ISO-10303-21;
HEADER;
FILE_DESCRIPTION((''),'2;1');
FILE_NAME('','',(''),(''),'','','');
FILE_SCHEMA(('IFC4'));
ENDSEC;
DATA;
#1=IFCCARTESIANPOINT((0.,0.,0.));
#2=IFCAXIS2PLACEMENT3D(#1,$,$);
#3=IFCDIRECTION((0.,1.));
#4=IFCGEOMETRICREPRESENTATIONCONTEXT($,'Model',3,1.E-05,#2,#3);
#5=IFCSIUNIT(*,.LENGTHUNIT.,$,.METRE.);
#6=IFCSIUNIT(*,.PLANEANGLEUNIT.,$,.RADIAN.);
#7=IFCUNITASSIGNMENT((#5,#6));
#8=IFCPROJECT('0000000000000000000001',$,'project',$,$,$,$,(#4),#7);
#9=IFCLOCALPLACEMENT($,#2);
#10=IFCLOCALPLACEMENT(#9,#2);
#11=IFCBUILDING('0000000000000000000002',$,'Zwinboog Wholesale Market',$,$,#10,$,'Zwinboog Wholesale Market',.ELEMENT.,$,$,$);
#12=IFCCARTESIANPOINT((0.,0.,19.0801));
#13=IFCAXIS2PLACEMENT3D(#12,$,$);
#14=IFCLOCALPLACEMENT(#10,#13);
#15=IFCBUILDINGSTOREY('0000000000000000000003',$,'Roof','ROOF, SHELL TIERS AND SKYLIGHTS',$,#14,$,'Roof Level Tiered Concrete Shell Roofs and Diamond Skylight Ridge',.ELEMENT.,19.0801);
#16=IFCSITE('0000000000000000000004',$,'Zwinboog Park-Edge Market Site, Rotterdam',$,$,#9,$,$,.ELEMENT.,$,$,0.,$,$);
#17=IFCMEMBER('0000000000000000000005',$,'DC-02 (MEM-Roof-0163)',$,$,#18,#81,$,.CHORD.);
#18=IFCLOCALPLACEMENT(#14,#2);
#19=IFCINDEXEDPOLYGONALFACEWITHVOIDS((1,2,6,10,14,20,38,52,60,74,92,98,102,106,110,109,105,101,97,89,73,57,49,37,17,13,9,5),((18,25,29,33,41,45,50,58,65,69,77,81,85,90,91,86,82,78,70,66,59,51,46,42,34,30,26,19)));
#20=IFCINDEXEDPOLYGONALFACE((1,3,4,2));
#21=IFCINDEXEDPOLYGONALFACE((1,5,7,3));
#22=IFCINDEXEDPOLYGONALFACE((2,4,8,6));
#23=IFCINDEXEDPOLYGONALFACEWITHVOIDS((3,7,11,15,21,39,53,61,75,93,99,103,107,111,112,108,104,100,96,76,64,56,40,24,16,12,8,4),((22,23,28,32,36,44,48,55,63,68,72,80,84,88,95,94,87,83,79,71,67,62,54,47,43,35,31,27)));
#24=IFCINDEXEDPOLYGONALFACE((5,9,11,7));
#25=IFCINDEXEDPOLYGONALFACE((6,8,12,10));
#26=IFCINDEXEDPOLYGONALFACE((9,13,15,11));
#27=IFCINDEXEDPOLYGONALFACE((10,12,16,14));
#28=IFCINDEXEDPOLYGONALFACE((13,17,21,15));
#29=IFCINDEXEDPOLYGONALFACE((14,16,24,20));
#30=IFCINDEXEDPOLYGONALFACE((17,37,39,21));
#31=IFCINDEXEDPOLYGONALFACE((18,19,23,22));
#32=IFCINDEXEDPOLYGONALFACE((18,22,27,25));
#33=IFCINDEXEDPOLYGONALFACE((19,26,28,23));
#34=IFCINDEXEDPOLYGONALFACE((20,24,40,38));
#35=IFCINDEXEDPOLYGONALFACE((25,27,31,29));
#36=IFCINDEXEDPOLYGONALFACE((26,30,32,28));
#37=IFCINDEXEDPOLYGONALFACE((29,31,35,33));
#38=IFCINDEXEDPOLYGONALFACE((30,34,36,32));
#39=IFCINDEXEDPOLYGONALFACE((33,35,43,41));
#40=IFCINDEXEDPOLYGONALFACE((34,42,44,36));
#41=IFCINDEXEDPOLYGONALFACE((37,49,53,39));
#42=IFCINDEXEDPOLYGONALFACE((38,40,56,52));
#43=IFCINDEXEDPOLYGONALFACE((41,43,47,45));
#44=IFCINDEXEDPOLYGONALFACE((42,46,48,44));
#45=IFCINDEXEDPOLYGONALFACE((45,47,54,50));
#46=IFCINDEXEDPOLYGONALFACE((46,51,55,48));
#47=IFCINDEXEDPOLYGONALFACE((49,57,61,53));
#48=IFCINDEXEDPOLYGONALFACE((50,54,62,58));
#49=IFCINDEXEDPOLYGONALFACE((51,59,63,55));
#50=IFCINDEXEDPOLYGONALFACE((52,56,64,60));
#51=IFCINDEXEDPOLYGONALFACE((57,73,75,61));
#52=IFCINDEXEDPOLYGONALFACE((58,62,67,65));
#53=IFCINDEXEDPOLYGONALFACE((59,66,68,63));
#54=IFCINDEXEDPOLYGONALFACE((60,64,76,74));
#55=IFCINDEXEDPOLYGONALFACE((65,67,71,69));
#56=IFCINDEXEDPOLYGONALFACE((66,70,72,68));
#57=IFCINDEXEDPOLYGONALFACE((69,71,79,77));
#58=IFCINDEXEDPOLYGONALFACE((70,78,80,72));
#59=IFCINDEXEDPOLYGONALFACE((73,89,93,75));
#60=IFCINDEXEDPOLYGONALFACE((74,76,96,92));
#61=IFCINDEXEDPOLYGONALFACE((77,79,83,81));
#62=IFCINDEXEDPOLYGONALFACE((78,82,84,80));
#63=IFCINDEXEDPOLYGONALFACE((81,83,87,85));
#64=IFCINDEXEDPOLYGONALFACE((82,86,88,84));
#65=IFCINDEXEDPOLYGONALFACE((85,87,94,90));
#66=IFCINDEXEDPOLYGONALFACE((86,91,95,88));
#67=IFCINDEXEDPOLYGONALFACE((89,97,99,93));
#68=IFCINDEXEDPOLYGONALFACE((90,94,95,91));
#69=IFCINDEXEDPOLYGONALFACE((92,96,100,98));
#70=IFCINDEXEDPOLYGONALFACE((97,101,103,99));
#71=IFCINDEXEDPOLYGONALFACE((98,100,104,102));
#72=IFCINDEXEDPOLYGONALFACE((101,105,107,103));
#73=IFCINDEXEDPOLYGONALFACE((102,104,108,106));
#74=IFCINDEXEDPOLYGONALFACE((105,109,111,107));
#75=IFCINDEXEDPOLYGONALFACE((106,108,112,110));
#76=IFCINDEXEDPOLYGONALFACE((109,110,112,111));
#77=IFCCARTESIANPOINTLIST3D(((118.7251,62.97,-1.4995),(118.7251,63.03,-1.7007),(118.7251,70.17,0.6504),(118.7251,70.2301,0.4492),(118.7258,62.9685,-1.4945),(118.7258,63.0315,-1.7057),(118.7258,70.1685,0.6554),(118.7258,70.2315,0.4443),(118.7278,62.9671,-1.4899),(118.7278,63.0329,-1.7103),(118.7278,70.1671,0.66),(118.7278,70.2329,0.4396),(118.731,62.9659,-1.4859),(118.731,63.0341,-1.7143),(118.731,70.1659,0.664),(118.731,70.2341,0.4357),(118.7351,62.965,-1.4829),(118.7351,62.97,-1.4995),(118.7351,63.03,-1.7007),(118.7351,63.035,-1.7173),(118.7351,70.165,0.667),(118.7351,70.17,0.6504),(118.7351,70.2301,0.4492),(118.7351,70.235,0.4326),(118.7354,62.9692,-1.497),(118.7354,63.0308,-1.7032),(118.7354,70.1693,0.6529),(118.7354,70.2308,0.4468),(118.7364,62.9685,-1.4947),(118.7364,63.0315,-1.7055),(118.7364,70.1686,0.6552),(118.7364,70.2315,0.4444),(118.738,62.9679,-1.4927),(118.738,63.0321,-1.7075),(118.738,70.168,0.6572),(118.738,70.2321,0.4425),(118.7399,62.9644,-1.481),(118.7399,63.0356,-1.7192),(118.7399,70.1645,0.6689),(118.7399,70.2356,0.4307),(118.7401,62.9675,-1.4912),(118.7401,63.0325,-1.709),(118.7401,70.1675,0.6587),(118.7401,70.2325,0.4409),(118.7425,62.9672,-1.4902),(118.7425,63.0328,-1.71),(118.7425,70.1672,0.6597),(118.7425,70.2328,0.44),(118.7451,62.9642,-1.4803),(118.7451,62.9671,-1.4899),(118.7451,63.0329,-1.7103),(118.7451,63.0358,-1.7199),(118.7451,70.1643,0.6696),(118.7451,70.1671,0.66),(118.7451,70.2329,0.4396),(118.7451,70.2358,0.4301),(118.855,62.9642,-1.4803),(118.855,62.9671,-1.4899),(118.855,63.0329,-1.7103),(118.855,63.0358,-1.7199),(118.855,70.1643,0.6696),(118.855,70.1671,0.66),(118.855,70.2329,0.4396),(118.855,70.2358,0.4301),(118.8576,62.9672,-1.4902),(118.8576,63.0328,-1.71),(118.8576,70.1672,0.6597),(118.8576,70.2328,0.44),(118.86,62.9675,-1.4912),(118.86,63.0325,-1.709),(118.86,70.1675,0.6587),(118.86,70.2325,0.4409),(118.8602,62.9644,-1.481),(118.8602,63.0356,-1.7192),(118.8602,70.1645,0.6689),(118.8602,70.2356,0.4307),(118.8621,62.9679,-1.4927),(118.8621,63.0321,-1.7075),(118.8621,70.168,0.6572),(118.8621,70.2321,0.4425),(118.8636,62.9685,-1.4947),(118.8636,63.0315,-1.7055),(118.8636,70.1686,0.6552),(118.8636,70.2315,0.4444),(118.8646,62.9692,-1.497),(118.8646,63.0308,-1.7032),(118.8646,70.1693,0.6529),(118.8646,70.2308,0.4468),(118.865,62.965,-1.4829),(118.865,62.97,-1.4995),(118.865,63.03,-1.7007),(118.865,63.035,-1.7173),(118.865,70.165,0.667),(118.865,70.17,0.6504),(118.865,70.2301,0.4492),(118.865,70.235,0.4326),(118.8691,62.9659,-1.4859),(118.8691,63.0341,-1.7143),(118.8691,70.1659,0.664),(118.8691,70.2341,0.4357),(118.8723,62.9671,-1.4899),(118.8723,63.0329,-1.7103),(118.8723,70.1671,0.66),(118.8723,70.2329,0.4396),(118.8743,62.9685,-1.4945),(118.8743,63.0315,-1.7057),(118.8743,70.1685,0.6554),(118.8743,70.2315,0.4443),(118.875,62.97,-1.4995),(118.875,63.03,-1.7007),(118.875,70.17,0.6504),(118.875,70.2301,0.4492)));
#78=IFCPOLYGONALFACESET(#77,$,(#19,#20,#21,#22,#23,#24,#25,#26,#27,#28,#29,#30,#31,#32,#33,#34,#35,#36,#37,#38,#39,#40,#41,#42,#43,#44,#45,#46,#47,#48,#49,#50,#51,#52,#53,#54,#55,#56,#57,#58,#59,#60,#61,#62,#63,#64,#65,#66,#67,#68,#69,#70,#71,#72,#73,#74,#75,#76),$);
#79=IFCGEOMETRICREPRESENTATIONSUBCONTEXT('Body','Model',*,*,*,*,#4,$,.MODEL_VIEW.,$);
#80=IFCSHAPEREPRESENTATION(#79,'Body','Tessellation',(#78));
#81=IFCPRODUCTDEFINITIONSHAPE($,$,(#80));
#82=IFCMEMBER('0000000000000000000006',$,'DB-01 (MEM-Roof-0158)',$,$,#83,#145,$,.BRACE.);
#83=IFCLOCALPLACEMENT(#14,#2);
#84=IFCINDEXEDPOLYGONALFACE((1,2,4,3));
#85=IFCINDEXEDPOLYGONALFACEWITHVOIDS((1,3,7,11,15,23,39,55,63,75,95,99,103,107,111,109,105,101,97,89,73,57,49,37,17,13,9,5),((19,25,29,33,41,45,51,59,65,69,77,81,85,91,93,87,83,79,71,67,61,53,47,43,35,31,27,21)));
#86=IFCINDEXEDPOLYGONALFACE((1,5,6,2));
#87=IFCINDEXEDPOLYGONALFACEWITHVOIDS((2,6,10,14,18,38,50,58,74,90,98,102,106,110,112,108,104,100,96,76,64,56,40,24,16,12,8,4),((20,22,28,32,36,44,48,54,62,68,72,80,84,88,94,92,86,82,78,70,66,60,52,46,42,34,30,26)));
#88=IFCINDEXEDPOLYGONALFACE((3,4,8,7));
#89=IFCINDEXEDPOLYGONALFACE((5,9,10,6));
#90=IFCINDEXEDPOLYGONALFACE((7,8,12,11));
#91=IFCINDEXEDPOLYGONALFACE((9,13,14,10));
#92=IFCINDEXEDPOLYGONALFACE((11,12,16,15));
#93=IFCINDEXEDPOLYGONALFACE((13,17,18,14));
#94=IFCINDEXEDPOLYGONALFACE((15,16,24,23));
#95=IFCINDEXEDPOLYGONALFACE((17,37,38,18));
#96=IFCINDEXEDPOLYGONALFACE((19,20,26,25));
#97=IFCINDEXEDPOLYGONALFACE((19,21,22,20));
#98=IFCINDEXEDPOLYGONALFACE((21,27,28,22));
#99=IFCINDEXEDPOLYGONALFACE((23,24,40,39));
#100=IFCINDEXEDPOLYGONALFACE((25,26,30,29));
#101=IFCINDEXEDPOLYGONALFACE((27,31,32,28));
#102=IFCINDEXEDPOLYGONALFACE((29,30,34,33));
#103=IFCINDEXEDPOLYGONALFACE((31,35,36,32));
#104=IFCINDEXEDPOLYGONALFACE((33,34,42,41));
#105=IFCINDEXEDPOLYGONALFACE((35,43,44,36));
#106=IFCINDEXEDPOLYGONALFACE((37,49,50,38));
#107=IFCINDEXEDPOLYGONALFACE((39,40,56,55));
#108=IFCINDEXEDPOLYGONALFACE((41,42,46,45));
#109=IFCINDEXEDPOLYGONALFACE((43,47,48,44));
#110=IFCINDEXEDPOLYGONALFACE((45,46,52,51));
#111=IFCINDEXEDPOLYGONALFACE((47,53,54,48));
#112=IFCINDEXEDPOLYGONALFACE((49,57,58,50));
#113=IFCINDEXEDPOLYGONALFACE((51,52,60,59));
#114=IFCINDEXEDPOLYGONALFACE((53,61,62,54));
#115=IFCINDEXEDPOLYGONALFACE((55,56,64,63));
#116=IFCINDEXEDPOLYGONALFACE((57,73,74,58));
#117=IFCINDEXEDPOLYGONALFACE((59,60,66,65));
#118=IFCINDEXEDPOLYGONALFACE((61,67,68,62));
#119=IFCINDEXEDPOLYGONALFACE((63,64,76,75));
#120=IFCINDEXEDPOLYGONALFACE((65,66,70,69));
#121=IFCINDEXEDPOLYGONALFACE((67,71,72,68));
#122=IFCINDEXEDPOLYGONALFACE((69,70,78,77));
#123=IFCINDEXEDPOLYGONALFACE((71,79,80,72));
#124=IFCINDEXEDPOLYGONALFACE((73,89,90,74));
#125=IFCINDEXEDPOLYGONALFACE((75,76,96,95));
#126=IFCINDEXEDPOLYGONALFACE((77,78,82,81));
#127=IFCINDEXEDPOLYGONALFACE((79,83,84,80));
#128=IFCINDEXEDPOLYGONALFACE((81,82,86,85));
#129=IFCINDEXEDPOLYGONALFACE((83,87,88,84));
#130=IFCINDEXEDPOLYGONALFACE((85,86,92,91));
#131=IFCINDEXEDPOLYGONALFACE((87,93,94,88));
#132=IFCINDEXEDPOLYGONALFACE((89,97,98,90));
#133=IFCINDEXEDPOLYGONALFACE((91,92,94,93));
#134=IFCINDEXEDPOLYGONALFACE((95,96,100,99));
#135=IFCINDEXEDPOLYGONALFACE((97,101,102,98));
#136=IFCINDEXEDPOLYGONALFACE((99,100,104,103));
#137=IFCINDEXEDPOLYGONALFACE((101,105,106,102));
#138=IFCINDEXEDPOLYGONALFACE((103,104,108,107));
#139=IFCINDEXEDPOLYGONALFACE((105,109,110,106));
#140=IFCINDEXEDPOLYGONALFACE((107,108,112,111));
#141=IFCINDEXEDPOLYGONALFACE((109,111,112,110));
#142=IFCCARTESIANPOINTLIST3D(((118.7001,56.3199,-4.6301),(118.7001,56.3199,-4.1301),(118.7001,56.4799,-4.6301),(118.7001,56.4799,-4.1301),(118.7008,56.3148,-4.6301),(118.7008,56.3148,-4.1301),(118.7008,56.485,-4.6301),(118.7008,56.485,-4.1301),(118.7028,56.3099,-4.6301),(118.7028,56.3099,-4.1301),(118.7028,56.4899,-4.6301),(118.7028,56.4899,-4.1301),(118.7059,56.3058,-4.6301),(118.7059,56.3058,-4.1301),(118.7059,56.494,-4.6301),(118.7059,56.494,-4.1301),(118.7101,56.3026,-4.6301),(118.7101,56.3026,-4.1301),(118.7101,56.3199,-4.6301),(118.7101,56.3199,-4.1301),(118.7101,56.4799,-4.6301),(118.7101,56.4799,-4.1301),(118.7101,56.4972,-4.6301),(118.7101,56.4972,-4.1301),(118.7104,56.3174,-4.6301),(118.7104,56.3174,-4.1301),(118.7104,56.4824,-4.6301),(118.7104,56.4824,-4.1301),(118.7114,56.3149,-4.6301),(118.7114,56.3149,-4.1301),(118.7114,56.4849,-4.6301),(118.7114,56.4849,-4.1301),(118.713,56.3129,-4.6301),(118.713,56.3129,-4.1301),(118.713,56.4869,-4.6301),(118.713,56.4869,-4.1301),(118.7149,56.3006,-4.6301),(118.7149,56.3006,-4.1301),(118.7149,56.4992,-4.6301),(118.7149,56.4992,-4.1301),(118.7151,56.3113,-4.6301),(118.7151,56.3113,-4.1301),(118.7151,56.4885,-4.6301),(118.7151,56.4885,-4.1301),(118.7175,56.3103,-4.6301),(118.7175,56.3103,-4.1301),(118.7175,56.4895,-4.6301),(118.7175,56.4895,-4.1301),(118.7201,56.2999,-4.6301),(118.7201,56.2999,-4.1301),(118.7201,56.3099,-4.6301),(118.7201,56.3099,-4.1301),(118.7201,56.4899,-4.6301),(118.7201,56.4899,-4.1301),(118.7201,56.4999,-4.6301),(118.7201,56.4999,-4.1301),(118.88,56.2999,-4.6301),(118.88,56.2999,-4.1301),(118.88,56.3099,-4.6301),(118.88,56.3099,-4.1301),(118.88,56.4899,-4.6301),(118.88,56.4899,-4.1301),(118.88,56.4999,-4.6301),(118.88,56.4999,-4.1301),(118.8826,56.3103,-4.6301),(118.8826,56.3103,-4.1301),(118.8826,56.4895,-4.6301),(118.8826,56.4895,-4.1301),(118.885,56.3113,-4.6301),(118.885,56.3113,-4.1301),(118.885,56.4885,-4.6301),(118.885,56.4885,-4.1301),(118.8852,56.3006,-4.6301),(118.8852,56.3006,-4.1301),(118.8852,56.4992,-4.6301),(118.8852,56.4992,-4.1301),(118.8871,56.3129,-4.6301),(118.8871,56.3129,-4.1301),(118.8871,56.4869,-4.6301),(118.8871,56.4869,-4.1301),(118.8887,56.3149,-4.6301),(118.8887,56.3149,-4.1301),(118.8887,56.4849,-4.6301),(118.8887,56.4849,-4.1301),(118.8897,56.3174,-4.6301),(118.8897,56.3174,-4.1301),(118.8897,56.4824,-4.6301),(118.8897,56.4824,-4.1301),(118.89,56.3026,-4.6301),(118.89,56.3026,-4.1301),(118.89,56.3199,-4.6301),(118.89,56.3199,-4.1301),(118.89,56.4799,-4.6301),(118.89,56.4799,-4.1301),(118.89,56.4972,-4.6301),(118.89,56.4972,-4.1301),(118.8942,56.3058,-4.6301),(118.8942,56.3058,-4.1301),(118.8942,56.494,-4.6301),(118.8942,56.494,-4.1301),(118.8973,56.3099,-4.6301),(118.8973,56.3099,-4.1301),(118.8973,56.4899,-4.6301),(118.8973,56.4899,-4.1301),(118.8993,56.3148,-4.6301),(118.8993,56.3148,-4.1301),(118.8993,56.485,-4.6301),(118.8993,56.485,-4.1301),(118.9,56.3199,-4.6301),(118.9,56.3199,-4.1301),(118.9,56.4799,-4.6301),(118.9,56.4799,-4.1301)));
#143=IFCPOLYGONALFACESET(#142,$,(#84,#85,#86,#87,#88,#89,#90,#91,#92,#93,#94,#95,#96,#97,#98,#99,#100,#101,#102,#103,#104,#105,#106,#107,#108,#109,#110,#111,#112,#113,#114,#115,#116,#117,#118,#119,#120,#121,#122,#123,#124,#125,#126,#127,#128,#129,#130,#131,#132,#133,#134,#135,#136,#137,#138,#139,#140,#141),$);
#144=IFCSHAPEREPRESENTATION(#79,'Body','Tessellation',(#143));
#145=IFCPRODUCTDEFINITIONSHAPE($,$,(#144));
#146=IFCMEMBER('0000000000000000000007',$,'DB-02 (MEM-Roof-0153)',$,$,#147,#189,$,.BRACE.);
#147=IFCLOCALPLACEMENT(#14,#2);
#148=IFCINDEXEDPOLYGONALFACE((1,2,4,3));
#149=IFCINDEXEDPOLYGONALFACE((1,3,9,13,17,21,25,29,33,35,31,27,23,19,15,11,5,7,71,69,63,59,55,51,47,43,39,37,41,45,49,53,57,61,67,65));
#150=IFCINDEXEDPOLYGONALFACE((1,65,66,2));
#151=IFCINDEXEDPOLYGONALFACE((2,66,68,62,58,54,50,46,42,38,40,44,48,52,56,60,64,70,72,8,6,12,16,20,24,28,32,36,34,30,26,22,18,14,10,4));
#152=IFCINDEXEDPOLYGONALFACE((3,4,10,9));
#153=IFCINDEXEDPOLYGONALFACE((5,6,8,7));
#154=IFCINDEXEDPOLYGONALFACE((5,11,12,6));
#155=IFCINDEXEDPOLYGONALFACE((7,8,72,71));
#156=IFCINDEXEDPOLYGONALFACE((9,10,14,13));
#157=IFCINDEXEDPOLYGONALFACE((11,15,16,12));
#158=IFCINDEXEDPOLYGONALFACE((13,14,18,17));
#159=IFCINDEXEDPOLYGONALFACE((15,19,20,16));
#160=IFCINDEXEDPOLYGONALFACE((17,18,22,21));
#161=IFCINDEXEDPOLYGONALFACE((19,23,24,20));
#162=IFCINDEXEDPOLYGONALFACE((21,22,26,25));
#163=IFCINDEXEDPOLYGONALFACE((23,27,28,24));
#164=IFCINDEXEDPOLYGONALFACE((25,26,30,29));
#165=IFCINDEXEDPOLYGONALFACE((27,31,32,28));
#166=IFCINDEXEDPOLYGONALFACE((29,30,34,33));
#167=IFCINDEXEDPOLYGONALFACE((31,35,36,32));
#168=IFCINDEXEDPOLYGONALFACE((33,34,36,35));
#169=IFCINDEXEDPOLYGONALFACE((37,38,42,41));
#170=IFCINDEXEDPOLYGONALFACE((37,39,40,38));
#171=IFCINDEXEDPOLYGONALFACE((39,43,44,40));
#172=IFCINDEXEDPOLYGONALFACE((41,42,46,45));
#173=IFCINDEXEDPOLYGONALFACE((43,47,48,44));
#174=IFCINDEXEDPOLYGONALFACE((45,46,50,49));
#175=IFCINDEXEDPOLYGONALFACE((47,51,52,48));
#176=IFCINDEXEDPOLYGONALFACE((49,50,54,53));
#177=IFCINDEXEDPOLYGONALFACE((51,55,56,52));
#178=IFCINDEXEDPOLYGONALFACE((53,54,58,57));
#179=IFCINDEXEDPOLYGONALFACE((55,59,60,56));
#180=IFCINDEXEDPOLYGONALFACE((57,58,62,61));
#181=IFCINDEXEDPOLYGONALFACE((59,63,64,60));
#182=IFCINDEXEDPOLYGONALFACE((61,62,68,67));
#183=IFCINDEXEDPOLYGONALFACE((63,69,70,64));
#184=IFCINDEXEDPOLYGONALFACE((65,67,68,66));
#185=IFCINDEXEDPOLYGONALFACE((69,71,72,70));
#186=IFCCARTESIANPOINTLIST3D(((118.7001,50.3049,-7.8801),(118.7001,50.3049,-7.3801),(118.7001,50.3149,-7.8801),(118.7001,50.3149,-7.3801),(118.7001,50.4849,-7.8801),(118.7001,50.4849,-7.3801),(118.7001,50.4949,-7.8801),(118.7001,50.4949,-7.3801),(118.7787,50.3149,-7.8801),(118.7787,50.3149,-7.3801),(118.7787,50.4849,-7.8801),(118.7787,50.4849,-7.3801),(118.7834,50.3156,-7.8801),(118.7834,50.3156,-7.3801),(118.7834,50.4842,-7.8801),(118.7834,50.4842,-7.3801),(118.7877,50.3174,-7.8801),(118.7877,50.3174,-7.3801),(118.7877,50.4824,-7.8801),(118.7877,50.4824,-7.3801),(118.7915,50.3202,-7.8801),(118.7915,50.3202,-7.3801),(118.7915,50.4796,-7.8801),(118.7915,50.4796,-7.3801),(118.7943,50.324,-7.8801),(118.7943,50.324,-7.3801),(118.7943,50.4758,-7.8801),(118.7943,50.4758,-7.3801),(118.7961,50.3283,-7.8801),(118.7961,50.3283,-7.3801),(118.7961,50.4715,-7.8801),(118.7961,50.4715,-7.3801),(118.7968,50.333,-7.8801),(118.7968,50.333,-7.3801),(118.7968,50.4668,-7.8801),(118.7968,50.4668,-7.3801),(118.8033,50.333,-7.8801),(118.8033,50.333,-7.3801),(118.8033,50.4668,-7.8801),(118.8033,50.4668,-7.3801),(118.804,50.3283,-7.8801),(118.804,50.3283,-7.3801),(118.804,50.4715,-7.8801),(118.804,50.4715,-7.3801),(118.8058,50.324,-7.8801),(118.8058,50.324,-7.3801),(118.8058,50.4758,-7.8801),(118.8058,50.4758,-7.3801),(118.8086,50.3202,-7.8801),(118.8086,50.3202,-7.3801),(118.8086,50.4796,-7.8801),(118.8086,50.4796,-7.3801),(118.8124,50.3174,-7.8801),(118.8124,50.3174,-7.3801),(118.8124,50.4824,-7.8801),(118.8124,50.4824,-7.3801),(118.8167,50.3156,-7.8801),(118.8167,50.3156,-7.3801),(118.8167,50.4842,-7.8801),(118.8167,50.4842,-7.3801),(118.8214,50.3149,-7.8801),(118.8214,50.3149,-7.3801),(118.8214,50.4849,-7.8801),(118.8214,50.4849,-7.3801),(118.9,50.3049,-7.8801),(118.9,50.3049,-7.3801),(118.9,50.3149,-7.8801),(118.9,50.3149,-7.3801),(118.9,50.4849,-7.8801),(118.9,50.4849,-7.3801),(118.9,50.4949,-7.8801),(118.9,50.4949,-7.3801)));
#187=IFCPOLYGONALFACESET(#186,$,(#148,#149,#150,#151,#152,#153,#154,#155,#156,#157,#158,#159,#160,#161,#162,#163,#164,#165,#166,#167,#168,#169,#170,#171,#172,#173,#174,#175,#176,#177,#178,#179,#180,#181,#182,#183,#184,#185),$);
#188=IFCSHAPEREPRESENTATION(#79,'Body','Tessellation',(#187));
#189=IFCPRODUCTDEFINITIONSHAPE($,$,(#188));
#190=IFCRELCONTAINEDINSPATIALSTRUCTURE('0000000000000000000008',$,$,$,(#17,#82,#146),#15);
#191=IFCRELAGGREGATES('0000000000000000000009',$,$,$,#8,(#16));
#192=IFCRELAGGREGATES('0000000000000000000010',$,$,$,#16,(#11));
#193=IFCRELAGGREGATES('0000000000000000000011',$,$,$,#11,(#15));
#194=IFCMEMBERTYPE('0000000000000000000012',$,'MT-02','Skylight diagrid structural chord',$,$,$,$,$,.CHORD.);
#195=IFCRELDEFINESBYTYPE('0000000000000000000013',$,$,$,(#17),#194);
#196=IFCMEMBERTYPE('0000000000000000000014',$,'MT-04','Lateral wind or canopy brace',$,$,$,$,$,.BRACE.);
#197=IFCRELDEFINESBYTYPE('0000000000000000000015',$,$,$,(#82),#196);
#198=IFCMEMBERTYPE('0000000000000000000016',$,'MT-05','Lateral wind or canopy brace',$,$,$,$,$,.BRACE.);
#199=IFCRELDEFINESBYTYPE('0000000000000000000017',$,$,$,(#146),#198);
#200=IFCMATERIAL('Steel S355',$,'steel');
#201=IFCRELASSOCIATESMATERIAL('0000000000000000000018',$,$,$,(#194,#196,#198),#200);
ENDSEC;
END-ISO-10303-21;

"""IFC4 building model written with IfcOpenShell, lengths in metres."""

from ifc_helpers import new_model, si_unit, direction, frame, origin, origin_2d, place, context, subcontext, project, spatial, hollow_rectangle, i_section, extrude, material, material_profile, profile_set, type_object, element, save


model = new_model("IFC4")

# Units and contexts
model_context = context("Model", 3, precision=1e-05, world=origin(), true_north=direction((0.0, 1.0)))
body_context = subcontext(model_context, "Body", "Model", "MODEL_VIEW")
ifc_project = project(units=[si_unit("LENGTHUNIT", "METRE"), si_unit("PLANEANGLEUNIT", "RADIAN")], contexts=[model_context])

# Site, building, storey
site_placement = place(None, origin())
site = spatial("IfcSite", under=ifc_project, at=site_placement, Name="Zwinboog Park-Edge Market Site, Rotterdam", CompositionType="ELEMENT", RefElevation=0.0)
building_placement = place(site_placement, origin())
building = spatial("IfcBuilding", under=site, at=building_placement, Name="Zwinboog Wholesale Market", LongName="Zwinboog Wholesale Market", CompositionType="ELEMENT")
storey_placement = place(building_placement, frame((0.0, 0.0, 19.0801)))
storey = spatial("IfcBuildingStorey", under=building, at=storey_placement, Name="Roof", Description="ROOF, SHELL TIERS AND SKYLIGHTS", LongName="Roof Level Tiered Concrete Shell Roofs and Diamond Skylight Ridge", CompositionType="ELEMENT", Elevation=19.0801)

# Members
ifc_material_1 = material(Name="Steel S355", Category="steel")
ifc_material_profile_1 = material_profile(ifc_material_1, hollow_rectangle(XDim=0.1499, YDim=0.25, WallThickness=0.01, InnerFilletRadius=0.01, OuterFilletRadius=0.02, at=origin_2d()), Name="RHS 250x150x10")
ifc_profile_set_1 = profile_set([ifc_material_profile_1], Name="Steel S355")
member_type_1 = type_object("IfcMemberType", Name="MT-02", Description="Skylight diagrid structural chord", PredefinedType="CHORD", material=ifc_profile_set_1)
member_1_placement = place(storey_placement, frame((118.8, 63.0, -1.6001), z_axis=(0.0, 0.958195, 0.286117), x_axis=(-1.0, 0.0, 0.0)))
element("IfcMember", 1, at=member_1_placement, inside=storey, type_object=member_type_1, Name="DC-02 (MEM-Roof-0163)", PredefinedType="CHORD", context=body_context, shape_type="SweptSolid", body=[
    extrude(hollow_rectangle(XDim=0.1499, YDim=0.25, WallThickness=0.01, InnerFilletRadius=0.01, OuterFilletRadius=0.02, at=origin_2d()), origin(), (0.0, 0.0, 1.0), 7.5142),
])
ifc_material_profile_2 = material_profile(ifc_material_1, hollow_rectangle(XDim=0.2, YDim=0.2, WallThickness=0.01, InnerFilletRadius=0.01, OuterFilletRadius=0.02, at=origin_2d()), Name="SHS 200x200x10")
ifc_profile_set_2 = profile_set([ifc_material_profile_2], Name="Steel S355")
member_type_2 = type_object("IfcMemberType", Name="MT-04", Description="Lateral wind or canopy brace", PredefinedType="BRACE", material=ifc_profile_set_2)
member_2_placement = place(storey_placement, frame((118.8, 56.3999, -4.6301), z_axis=(0.0, 0.0, 1.0), x_axis=(1.0, 0.0, 0.0)))
element("IfcMember", 2, at=member_2_placement, inside=storey, type_object=member_type_2, Name="DB-01 (MEM-Roof-0158)", PredefinedType="BRACE", context=body_context, shape_type="SweptSolid", body=[
    extrude(hollow_rectangle(XDim=0.2, YDim=0.2, WallThickness=0.01, InnerFilletRadius=0.01, OuterFilletRadius=0.02, at=origin_2d()), origin(), (0.0, 0.0, 1.0), 0.5),
])
ifc_material_profile_3 = material_profile(ifc_material_1, i_section(OverallWidth=0.2, OverallDepth=0.1899, WebThickness=0.0066, FlangeThickness=0.01, FilletRadius=0.0181, at=origin_2d()), Name="HEA 200")
ifc_profile_set_3 = profile_set([ifc_material_profile_3], Name="Steel S355")
member_type_3 = type_object("IfcMemberType", Name="MT-05", Description="Lateral wind or canopy brace", PredefinedType="BRACE", material=ifc_profile_set_3)
for number, where, z_axis, x_axis, name in (
    (3, (118.8, 50.3999, -7.8801), (0.0, 0.0, 1.0), (1.0, 0.0, 0.0), "DB-02 (MEM-Roof-0153)"),
):
    element("IfcMember", number, at=place(storey_placement, frame(where, z_axis=z_axis, x_axis=x_axis)), inside=storey, type_object=member_type_3, Name=name, PredefinedType="BRACE", context=body_context, shape_type="SweptSolid", body=[
        extrude(i_section(OverallWidth=0.2, OverallDepth=0.1899, WebThickness=0.0066, FlangeThickness=0.01, FilletRadius=0.0181, at=origin_2d()), origin(), (0.0, 0.0, 1.0), 0.5),
    ])

save(model, "model.ifc")
